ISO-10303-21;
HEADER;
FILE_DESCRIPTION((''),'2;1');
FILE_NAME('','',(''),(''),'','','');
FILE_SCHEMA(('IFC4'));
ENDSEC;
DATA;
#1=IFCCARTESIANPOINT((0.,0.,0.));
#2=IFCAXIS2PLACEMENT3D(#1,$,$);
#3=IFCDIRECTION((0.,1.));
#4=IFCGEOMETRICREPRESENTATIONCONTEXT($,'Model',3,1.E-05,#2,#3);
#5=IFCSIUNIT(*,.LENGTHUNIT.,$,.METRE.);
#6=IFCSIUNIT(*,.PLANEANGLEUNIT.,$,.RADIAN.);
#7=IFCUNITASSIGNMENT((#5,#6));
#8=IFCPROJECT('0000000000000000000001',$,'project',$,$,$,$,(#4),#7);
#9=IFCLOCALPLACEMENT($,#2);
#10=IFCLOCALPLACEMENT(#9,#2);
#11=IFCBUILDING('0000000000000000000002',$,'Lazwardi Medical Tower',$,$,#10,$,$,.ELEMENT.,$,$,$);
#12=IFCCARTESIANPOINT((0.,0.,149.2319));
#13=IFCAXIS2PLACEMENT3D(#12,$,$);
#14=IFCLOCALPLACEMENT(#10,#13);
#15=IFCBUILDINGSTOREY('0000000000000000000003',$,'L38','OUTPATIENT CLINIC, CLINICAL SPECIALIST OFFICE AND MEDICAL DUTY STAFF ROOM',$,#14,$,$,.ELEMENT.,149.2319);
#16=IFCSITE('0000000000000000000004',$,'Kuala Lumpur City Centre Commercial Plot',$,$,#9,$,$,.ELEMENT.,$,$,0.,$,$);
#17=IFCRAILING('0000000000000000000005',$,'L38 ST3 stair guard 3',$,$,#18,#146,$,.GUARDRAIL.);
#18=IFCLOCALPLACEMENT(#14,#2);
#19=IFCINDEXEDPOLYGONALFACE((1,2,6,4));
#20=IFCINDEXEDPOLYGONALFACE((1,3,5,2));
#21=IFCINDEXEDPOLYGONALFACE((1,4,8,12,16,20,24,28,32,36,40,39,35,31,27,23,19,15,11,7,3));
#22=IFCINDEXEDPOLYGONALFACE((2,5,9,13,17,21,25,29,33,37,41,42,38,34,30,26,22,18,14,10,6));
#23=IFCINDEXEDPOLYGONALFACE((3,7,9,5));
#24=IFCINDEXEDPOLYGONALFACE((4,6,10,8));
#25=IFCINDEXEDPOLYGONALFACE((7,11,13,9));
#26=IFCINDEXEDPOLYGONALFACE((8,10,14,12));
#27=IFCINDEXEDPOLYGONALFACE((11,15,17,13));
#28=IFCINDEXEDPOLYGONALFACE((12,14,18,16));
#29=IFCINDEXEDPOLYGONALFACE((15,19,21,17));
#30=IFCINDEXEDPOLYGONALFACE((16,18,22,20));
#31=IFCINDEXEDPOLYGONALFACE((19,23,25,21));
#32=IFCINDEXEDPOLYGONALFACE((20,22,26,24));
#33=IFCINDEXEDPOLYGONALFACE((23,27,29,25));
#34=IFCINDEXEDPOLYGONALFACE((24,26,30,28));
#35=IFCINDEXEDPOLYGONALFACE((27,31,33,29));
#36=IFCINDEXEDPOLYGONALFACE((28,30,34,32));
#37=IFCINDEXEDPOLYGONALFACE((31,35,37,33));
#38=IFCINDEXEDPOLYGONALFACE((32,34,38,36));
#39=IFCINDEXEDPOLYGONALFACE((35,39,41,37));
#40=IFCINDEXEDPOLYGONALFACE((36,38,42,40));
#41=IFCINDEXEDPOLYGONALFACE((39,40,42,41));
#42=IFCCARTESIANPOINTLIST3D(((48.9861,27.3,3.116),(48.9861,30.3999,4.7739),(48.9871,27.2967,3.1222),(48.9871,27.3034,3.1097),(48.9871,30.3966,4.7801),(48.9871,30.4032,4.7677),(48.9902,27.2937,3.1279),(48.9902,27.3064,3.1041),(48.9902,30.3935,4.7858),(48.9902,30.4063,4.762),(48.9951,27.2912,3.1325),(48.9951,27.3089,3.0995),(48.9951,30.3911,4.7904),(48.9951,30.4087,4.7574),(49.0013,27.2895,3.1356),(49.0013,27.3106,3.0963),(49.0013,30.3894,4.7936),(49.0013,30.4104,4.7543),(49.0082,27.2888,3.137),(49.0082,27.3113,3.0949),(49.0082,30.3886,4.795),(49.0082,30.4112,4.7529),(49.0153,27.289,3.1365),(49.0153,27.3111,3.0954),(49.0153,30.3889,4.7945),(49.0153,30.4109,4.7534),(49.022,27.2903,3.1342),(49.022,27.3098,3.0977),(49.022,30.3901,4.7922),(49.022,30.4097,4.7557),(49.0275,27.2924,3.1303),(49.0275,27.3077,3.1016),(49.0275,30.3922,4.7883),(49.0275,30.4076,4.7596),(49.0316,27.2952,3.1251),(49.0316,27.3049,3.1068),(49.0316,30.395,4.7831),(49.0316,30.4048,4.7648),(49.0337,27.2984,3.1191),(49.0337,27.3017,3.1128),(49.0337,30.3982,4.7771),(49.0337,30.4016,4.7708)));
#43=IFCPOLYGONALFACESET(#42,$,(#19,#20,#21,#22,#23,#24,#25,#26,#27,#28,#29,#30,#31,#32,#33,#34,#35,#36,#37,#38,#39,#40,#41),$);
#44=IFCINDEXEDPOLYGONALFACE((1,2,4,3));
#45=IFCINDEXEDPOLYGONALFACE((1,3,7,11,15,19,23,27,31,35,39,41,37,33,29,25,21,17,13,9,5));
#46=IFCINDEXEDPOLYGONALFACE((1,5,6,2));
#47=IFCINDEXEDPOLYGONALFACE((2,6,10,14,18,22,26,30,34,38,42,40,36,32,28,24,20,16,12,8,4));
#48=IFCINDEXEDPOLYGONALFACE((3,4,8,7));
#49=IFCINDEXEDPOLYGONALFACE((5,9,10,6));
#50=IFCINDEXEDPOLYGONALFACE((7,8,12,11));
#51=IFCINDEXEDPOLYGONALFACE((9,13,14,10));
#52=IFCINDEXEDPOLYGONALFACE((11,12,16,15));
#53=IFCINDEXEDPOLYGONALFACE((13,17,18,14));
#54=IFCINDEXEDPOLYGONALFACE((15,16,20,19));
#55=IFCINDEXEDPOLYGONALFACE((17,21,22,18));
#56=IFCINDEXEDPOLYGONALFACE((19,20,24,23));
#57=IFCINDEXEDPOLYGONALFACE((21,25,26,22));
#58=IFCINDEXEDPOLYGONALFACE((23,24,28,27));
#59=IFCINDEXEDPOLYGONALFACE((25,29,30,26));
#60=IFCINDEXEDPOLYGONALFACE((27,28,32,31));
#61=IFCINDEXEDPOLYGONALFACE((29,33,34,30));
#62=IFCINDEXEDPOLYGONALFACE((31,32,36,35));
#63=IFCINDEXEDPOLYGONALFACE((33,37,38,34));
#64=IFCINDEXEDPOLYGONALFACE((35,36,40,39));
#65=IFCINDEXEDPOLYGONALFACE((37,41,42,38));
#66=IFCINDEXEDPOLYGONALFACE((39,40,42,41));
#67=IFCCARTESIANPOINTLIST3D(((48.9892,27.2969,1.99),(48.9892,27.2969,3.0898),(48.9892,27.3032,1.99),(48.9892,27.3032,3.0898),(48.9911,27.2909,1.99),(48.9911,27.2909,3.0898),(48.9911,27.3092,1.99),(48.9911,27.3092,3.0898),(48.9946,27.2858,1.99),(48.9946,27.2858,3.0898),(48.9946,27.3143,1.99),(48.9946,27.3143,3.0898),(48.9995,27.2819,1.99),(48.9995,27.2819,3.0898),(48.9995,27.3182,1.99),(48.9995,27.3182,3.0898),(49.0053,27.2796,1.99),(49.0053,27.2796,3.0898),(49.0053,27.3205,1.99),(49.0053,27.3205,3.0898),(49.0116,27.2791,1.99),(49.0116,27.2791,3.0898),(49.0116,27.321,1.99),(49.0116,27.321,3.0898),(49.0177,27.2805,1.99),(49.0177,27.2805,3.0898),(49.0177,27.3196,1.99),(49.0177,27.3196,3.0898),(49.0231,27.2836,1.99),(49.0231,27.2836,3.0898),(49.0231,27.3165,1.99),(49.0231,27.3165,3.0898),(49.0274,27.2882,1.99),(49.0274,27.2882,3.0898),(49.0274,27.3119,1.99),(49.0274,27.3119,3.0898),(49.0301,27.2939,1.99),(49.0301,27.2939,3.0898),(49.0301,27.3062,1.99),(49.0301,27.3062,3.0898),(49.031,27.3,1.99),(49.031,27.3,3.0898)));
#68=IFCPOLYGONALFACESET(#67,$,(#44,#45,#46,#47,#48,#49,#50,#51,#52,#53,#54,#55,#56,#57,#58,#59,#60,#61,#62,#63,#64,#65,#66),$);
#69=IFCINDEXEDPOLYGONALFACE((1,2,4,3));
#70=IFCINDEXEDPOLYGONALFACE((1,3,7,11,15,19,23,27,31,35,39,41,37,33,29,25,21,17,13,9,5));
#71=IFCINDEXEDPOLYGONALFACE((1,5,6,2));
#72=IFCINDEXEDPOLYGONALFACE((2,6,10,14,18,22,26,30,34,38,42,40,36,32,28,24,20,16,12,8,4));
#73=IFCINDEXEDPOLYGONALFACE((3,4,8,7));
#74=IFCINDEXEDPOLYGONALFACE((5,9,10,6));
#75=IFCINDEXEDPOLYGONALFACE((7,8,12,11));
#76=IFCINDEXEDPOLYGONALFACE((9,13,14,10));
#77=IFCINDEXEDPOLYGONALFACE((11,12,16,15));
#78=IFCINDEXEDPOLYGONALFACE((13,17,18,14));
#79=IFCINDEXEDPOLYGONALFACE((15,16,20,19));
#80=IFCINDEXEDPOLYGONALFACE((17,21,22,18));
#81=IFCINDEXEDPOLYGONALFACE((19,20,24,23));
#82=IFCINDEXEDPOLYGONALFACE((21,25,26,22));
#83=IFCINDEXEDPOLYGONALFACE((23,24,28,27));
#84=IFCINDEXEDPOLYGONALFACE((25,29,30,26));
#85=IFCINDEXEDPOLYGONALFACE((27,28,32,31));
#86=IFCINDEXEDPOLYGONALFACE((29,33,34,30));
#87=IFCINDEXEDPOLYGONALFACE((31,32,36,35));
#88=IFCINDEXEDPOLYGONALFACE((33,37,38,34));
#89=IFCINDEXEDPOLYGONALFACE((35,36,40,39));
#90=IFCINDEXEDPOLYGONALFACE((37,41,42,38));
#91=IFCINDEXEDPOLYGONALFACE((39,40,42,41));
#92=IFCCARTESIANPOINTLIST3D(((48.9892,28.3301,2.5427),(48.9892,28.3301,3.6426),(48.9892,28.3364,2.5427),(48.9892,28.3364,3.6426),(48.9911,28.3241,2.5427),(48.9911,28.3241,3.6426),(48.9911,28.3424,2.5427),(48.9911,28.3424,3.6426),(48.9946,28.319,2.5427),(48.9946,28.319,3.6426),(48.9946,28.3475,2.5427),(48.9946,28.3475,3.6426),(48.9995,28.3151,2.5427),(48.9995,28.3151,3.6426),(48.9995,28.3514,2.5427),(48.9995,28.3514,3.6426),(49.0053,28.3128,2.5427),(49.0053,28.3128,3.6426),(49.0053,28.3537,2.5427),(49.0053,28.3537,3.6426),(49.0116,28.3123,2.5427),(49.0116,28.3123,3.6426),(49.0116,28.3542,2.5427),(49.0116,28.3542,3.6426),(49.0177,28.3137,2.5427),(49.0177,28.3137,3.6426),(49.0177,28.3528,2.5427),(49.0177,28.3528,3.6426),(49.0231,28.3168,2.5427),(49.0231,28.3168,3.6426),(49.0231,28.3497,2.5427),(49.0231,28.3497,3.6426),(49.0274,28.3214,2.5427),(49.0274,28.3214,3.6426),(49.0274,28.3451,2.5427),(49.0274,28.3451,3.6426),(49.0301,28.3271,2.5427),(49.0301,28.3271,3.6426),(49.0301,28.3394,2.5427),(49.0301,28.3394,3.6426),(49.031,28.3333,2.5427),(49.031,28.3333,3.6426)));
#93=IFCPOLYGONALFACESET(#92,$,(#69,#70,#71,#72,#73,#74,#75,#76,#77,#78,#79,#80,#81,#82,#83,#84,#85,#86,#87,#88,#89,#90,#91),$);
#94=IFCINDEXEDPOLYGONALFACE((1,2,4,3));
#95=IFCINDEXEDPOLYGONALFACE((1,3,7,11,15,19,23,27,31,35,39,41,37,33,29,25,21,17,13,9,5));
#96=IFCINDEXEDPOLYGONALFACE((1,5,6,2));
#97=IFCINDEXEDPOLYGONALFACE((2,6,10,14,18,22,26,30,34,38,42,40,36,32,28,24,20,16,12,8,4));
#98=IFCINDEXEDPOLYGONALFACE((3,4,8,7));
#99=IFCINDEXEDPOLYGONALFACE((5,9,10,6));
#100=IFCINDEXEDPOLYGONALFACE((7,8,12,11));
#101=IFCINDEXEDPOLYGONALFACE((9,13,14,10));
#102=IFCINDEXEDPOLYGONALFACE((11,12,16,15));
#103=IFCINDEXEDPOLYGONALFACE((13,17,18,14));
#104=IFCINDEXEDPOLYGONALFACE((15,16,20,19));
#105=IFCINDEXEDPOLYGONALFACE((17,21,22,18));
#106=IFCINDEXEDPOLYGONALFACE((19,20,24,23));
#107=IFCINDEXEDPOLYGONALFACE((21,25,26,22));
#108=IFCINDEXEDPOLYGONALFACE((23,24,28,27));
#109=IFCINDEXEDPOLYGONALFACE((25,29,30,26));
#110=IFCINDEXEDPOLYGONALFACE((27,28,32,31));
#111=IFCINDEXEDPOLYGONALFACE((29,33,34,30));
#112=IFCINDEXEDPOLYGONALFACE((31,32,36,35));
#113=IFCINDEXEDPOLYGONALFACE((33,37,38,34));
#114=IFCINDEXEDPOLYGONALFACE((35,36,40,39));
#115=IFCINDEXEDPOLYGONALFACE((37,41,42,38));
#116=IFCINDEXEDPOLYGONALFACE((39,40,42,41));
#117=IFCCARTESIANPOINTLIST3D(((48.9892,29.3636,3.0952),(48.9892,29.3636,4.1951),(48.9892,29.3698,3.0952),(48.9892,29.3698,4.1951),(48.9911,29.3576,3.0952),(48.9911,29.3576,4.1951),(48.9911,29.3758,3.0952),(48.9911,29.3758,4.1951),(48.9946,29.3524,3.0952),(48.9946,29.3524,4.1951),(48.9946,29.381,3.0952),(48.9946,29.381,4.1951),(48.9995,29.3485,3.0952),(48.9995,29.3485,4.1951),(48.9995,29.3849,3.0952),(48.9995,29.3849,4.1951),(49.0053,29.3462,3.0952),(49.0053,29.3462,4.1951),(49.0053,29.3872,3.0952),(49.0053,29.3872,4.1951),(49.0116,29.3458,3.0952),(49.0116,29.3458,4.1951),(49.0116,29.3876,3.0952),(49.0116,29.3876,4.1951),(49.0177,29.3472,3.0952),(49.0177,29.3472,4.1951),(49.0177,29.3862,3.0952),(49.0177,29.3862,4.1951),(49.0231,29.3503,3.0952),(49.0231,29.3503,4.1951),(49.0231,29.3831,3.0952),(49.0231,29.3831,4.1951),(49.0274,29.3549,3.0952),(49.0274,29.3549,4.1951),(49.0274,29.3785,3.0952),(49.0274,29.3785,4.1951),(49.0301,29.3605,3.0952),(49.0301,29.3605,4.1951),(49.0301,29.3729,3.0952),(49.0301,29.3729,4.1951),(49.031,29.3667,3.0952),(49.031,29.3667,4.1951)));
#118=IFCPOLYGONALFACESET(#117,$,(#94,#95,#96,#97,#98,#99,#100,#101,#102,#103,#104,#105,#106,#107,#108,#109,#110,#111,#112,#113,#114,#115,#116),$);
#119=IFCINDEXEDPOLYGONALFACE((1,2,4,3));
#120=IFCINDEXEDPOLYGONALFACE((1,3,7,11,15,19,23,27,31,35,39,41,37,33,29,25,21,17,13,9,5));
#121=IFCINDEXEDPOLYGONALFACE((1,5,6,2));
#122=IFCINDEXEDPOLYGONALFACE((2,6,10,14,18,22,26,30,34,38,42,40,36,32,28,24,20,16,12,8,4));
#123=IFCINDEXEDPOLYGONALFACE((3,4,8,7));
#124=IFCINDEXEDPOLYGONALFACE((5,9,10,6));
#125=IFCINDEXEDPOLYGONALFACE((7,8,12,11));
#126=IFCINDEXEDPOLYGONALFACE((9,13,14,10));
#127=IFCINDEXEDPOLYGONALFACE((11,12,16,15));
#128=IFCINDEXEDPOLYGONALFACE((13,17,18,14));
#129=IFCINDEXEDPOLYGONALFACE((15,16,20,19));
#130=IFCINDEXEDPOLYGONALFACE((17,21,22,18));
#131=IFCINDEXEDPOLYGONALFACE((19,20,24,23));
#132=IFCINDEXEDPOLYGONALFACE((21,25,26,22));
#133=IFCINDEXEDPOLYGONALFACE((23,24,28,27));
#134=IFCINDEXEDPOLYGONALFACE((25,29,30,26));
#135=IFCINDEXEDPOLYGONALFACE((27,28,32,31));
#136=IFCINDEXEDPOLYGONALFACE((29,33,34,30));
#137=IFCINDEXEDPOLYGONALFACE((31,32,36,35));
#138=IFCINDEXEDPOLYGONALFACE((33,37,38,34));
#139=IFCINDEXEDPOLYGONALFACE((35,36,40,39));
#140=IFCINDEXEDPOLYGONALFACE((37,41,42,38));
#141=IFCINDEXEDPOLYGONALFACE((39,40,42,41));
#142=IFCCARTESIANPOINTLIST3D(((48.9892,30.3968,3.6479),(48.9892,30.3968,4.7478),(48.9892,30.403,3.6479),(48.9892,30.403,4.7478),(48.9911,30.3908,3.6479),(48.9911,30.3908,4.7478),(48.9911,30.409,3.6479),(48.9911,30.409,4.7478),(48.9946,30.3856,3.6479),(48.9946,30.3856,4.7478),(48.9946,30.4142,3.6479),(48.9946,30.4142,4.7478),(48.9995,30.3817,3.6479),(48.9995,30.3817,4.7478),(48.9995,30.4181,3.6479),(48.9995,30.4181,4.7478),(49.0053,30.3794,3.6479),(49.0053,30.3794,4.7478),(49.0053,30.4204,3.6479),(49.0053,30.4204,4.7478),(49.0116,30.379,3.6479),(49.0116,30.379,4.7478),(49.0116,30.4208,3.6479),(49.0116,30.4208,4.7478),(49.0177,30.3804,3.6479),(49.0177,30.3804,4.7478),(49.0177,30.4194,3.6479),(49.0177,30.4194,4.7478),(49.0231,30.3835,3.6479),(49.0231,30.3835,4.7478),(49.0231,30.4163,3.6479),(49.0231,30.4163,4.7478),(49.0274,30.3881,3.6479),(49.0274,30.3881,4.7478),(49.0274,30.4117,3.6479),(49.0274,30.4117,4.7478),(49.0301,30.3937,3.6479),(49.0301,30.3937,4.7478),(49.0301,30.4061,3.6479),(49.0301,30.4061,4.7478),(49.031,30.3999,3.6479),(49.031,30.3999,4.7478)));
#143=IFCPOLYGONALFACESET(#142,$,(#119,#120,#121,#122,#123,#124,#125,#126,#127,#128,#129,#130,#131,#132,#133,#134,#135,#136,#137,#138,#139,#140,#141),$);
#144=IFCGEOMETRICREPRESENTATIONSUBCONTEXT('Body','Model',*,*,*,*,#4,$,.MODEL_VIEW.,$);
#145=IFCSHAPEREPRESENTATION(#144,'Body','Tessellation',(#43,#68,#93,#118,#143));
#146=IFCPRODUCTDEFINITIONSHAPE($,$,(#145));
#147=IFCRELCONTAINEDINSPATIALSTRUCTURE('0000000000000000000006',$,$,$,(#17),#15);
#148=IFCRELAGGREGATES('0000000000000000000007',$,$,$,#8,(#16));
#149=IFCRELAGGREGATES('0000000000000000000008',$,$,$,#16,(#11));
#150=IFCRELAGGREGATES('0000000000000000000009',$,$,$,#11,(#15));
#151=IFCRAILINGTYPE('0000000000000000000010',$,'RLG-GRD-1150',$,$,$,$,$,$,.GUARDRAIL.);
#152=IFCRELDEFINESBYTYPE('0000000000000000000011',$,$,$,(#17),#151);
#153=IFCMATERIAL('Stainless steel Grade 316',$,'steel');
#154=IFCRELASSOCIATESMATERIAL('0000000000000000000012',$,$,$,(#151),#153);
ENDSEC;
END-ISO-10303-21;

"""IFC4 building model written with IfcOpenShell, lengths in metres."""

from ifc_helpers import new_model, si_unit, direction, frame, origin, origin_2d, place, context, subcontext, project, spatial, circle, extrude, material, type_object, element, save


model = new_model("IFC4")

# Units and contexts
model_context = context("Model", 3, precision=1e-05, world=origin(), true_north=direction((0.0, 1.0)))
body_context = subcontext(model_context, "Body", "Model", "MODEL_VIEW")
ifc_project = project(units=[si_unit("LENGTHUNIT", "METRE"), si_unit("PLANEANGLEUNIT", "RADIAN")], contexts=[model_context])

# Site, building, storey
site_placement = place(None, origin())
site = spatial("IfcSite", under=ifc_project, at=site_placement, Name="Kuala Lumpur City Centre Commercial Plot", CompositionType="ELEMENT", RefElevation=0.0)
building_placement = place(site_placement, origin())
building = spatial("IfcBuilding", under=site, at=building_placement, Name="Lazwardi Medical Tower", CompositionType="ELEMENT")
storey_placement = place(building_placement, frame((0.0, 0.0, 149.2319)))
storey = spatial("IfcBuildingStorey", under=building, at=storey_placement, Name="L38", Description="OUTPATIENT CLINIC, CLINICAL SPECIALIST OFFICE AND MEDICAL DUTY STAFF ROOM", CompositionType="ELEMENT", Elevation=149.2319)

# Railing
ifc_material_1 = material(Name="Stainless steel Grade 316", Category="steel")
railing_type_1 = type_object("IfcRailingType", Name="RLG-GRD-1150", PredefinedType="GUARDRAIL", material=ifc_material_1)
railing_1_placement = place(storey_placement, frame((49.01, 27.3, 1.99)))
element("IfcRailing", 1, at=railing_1_placement, inside=storey, type_object=railing_type_1, Name="L38 ST3 stair guard 3", PredefinedType="GUARDRAIL", context=body_context, shape_type="SweptSolid", body=[
    extrude(circle(Radius=0.0239, at=origin_2d()), frame((0.0, 0.0, 1.126), z_axis=(0.0, 0.881797, 0.47163), x_axis=(-1.0, 0.0, 0.0)), (0.0, 0.0, 1.0), 3.5154),
    extrude(circle(Radius=0.021, at=origin_2d()), origin(), (0.0, 0.0, 1.0), 1.0999),
    extrude(circle(Radius=0.021, at=origin_2d()), frame((0.0, 1.0332, 0.5527)), (0.0, 0.0, 1.0), 1.0999),
    extrude(circle(Radius=0.021, at=origin_2d()), frame((0.0, 2.0667, 1.1052)), (0.0, 0.0, 1.0), 1.0999),
    extrude(circle(Radius=0.021, at=origin_2d()), frame((0.0, 3.0999, 1.658)), (0.0, 0.0, 1.0), 1.0999),
])

save(model, "model.ifc")
